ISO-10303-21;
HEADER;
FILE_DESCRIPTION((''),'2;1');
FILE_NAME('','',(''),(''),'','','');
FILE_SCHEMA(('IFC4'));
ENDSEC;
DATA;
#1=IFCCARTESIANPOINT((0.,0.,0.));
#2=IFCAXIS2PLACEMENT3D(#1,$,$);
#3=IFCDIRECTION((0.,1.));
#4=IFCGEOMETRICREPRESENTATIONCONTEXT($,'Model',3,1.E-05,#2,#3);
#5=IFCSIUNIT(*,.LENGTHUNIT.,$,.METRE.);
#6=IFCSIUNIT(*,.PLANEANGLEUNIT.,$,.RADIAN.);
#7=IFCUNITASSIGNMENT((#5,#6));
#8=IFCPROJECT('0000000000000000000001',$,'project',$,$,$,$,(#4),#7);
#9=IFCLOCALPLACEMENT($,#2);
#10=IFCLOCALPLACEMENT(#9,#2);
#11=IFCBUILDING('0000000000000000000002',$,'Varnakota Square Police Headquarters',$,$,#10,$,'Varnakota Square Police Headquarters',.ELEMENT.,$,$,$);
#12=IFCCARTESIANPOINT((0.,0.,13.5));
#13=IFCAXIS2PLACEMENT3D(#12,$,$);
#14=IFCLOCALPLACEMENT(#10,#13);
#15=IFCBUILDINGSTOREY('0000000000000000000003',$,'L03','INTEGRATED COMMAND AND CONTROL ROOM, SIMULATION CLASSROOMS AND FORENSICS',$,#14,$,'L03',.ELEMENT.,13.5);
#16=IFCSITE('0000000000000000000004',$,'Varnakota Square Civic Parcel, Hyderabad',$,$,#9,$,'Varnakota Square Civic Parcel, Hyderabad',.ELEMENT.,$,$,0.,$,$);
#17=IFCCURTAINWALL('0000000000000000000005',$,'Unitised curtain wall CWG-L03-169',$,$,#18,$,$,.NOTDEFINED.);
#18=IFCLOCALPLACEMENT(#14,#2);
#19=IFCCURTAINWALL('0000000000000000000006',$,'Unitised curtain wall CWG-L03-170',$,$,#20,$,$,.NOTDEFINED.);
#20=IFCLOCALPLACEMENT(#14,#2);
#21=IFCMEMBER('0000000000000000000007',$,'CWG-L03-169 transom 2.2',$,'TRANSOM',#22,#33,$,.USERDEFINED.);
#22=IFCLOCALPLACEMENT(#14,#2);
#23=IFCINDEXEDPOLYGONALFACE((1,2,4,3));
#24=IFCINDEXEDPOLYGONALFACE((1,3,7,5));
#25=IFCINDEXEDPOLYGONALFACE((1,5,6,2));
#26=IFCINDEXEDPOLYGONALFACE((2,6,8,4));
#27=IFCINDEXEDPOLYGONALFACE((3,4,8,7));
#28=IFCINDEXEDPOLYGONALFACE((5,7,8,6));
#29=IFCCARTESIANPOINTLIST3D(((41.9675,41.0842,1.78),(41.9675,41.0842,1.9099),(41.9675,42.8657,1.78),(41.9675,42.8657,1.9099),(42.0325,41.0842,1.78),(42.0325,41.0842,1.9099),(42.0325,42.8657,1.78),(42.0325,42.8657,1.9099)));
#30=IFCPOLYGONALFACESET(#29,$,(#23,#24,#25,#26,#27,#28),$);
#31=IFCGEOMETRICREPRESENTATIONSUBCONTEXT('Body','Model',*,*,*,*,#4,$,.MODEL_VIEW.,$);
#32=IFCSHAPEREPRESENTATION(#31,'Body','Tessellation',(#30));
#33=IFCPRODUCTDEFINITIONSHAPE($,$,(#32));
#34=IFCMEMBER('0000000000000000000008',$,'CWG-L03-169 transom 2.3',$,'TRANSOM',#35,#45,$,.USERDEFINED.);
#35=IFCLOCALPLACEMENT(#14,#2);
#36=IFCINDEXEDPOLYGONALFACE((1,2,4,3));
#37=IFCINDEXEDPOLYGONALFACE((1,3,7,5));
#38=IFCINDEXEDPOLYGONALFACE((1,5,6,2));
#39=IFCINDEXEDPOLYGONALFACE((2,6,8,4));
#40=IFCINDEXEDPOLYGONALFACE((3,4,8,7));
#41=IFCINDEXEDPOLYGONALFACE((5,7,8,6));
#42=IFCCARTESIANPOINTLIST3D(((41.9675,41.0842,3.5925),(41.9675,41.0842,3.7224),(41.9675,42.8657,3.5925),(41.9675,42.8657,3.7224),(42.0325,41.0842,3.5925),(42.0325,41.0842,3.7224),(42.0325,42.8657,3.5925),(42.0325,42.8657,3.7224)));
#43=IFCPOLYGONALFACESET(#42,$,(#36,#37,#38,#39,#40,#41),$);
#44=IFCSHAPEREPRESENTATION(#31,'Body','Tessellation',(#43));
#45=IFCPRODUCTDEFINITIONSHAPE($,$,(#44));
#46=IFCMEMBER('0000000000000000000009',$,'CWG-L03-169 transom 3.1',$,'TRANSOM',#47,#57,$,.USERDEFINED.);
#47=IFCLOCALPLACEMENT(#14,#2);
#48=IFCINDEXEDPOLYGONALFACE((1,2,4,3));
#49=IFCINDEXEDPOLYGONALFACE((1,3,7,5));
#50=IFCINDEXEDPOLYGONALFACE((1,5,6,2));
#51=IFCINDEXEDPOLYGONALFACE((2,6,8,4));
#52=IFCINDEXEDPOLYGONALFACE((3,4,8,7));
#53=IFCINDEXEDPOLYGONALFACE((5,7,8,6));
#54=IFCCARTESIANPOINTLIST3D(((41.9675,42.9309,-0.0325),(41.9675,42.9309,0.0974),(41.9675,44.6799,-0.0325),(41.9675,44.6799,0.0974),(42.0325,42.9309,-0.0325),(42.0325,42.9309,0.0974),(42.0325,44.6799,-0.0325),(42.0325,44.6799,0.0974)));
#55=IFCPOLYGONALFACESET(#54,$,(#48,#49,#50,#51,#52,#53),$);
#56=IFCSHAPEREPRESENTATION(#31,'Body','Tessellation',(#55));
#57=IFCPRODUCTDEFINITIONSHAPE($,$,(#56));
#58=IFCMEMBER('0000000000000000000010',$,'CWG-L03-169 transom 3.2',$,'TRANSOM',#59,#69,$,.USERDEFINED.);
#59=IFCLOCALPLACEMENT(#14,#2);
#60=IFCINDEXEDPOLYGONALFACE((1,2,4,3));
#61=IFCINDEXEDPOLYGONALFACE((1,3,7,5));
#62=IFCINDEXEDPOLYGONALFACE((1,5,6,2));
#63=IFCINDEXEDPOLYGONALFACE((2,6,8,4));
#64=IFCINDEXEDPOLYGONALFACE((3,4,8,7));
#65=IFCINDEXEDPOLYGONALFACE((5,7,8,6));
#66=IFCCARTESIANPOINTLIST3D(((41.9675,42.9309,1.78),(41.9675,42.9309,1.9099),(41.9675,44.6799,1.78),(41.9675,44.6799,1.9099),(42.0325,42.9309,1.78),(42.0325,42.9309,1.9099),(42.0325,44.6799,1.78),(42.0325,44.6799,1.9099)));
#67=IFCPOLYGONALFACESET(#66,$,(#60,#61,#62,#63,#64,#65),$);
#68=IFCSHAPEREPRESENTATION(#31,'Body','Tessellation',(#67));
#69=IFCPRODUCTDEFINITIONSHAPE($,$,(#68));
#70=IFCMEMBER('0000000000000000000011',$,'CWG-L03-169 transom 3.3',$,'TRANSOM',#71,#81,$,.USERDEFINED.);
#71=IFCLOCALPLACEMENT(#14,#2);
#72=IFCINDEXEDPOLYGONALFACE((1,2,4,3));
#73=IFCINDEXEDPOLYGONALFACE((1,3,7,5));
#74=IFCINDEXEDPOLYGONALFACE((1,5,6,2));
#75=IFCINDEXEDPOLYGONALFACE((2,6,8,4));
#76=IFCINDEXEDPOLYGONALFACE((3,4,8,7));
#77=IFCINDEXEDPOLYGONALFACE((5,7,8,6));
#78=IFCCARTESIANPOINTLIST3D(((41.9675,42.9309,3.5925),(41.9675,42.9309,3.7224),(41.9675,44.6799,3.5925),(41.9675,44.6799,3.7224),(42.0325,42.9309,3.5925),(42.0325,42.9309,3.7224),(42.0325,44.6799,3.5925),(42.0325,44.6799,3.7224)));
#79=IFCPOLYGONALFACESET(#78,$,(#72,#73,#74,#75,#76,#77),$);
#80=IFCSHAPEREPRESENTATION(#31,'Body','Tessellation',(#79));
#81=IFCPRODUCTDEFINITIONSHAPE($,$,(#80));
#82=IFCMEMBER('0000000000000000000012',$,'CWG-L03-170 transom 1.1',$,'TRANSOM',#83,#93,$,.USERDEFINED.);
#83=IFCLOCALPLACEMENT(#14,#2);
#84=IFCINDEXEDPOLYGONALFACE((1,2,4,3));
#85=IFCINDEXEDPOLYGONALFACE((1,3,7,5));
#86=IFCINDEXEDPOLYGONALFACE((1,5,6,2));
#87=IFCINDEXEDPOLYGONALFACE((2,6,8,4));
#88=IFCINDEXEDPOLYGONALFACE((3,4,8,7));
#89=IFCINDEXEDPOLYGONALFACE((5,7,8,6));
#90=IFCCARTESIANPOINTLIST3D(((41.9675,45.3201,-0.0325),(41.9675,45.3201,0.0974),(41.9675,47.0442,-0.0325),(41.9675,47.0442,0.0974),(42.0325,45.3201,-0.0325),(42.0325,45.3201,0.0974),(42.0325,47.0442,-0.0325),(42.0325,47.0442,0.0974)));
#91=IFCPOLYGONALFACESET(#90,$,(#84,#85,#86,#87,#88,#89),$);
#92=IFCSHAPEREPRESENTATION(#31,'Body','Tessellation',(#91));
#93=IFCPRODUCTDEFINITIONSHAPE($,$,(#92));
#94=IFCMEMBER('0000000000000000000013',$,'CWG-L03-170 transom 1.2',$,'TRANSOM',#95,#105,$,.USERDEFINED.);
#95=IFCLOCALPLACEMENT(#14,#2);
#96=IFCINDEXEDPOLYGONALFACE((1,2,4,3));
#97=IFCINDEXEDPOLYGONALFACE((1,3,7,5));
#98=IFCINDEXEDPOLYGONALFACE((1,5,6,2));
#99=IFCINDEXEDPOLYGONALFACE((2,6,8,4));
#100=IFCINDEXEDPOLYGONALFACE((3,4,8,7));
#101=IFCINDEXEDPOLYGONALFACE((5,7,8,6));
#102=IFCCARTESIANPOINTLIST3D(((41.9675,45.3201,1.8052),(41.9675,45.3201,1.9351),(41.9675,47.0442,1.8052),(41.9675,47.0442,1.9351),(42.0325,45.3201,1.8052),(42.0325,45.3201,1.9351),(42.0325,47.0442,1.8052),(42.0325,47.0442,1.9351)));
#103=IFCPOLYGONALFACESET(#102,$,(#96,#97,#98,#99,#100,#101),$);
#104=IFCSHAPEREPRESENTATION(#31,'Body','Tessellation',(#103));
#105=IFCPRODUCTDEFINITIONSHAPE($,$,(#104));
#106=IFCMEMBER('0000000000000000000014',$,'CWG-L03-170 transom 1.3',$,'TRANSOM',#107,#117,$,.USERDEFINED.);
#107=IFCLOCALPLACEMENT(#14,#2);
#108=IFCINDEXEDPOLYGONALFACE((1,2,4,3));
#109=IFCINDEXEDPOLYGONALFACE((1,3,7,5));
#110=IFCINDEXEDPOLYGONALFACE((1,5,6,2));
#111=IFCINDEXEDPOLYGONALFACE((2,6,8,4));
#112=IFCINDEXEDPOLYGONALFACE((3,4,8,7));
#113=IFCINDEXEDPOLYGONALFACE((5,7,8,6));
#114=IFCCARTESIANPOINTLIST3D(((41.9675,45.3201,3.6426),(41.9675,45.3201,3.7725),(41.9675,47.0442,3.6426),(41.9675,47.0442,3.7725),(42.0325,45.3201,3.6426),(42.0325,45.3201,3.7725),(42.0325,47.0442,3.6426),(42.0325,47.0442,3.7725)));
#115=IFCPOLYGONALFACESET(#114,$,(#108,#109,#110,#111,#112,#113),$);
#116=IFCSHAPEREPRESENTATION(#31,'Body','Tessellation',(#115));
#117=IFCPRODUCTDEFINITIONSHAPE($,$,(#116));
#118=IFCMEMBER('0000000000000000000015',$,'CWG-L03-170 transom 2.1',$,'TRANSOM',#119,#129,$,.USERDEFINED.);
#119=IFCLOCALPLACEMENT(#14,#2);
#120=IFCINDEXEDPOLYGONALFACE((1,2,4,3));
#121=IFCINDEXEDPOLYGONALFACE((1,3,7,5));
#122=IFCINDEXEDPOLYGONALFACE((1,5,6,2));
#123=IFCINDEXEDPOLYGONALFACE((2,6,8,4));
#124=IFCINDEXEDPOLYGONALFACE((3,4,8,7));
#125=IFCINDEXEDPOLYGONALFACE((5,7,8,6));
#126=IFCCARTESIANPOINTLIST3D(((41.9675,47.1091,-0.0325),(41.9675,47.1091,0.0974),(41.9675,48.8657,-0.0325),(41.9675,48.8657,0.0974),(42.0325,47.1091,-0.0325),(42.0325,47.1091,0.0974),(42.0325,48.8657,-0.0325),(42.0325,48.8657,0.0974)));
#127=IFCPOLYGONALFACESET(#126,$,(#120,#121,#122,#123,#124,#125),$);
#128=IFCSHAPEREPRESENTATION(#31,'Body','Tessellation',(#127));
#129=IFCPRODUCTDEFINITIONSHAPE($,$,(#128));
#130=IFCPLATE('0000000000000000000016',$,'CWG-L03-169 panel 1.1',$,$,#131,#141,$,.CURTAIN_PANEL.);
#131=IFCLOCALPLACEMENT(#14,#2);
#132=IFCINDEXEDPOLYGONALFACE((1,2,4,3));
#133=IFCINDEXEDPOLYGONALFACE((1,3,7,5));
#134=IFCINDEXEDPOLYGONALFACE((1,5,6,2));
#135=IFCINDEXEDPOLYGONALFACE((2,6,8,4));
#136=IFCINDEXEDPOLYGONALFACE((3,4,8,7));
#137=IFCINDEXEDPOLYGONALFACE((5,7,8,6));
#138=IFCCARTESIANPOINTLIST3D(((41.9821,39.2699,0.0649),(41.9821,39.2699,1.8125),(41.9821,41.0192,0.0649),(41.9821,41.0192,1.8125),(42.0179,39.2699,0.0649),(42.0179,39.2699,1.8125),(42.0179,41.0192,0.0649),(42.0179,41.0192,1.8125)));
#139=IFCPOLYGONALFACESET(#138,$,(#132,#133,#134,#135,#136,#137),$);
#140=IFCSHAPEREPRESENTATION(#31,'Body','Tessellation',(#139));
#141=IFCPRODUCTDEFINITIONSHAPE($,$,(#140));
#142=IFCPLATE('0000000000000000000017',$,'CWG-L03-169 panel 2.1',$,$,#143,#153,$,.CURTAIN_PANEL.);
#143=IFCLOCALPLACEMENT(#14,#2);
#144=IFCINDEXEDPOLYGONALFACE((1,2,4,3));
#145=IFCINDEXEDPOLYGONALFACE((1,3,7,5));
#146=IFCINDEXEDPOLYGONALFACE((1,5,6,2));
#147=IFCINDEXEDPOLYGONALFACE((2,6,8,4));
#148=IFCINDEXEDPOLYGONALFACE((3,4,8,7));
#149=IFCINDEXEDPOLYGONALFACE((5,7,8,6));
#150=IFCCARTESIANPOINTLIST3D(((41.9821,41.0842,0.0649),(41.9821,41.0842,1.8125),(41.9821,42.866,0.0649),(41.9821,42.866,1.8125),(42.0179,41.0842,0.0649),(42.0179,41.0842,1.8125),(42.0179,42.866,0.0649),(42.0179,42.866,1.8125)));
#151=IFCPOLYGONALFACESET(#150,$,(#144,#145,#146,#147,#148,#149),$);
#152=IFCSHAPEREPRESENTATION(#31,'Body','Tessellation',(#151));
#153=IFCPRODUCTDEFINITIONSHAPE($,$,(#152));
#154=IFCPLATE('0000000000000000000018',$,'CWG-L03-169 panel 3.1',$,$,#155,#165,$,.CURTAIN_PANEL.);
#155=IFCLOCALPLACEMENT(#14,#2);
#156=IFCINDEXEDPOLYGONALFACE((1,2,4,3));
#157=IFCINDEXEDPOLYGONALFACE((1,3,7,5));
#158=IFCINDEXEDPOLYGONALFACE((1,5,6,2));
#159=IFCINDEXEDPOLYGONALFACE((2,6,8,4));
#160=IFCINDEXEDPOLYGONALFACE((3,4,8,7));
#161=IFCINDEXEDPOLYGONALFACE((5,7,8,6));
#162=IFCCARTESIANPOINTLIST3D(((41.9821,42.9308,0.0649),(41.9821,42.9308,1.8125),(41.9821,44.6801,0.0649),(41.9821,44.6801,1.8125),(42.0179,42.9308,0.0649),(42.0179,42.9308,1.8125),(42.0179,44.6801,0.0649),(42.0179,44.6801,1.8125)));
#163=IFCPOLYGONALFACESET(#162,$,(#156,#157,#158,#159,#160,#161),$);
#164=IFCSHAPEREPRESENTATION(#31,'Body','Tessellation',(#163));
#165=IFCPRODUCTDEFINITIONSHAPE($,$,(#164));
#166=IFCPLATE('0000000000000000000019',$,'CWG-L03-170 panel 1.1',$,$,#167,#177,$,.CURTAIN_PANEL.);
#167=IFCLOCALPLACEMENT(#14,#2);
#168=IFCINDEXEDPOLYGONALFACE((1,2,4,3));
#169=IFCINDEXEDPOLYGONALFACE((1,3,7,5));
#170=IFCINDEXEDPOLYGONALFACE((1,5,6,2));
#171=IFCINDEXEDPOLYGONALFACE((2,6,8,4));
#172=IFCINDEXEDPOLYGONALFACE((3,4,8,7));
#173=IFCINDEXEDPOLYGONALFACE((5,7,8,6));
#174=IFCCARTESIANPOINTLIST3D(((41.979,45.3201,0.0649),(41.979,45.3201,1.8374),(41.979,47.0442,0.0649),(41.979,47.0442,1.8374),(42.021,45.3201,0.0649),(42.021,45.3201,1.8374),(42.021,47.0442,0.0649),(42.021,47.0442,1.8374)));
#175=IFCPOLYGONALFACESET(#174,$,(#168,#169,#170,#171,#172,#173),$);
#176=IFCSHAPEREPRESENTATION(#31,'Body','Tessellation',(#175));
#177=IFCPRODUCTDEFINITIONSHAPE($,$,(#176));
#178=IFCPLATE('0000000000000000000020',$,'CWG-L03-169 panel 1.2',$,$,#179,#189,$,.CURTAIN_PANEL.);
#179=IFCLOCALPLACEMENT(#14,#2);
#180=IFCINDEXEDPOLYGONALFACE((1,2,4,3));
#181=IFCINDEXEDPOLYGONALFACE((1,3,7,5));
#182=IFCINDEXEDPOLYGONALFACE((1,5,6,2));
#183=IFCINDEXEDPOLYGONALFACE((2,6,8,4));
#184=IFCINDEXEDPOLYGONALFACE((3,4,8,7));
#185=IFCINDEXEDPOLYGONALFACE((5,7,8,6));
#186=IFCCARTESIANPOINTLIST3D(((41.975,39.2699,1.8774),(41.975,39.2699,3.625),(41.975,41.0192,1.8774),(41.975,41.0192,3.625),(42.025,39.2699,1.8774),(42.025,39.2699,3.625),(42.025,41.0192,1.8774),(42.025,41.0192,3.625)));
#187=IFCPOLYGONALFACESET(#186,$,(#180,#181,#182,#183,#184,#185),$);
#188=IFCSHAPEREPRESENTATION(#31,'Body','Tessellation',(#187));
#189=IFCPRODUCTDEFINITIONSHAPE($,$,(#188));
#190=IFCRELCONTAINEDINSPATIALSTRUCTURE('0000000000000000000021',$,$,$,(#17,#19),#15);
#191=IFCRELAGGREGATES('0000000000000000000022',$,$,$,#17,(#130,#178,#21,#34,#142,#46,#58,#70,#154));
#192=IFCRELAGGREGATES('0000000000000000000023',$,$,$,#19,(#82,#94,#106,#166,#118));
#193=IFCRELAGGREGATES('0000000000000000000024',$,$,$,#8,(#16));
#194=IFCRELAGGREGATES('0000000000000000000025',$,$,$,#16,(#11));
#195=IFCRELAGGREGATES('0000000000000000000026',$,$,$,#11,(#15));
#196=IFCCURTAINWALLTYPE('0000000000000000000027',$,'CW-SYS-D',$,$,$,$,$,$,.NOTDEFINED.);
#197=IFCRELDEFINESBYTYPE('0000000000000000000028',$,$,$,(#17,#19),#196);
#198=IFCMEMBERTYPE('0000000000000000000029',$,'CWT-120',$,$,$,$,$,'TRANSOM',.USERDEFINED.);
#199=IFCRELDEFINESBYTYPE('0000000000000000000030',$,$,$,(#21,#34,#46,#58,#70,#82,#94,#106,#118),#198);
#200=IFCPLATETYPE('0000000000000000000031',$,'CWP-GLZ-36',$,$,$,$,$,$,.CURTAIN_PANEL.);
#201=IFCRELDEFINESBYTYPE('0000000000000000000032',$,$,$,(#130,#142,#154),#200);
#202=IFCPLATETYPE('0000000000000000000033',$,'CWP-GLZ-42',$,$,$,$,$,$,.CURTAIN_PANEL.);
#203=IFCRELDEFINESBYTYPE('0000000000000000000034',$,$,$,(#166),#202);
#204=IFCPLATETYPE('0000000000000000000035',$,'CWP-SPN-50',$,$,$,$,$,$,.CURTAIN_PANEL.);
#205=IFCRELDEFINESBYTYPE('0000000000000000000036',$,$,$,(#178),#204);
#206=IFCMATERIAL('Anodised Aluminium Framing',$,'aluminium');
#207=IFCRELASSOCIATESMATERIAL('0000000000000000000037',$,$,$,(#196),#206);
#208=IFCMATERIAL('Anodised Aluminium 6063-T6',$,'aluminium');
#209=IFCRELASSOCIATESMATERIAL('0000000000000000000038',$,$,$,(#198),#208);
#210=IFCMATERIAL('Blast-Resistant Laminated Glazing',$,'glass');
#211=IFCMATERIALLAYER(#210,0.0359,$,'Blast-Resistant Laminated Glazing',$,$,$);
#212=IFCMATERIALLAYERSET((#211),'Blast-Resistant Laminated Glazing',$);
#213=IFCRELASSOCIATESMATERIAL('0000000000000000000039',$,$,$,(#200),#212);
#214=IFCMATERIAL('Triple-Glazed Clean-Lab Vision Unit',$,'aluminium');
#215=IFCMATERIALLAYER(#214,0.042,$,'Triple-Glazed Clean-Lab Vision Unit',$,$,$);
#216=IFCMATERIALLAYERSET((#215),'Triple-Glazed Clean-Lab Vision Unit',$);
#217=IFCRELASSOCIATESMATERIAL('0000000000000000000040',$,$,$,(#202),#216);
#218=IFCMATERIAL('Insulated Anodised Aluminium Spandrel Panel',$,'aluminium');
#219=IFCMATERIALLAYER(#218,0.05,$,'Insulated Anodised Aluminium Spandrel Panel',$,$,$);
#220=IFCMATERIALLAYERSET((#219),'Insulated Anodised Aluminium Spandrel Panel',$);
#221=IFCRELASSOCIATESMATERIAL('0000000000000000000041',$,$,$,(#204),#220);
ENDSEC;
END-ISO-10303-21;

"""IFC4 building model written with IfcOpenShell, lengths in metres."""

from ifc_helpers import new_model, si_unit, direction, frame, origin, origin_2d, place, context, subcontext, project, spatial, rectangle, extrude, material, layer, layer_set, material_profile, profile_set, type_object, element, aggregate, save


model = new_model("IFC4")

# Units and contexts
model_context = context("Model", 3, precision=1e-05, world=origin(), true_north=direction((0.0, 1.0)))
body_context = subcontext(model_context, "Body", "Model", "MODEL_VIEW")
ifc_project = project(units=[si_unit("LENGTHUNIT", "METRE"), si_unit("PLANEANGLEUNIT", "RADIAN")], contexts=[model_context])

# Site, building, storey
site_placement = place(None, origin())
site = spatial("IfcSite", under=ifc_project, at=site_placement, Name="Varnakota Square Civic Parcel, Hyderabad", LongName="Varnakota Square Civic Parcel, Hyderabad", CompositionType="ELEMENT", RefElevation=0.0)
building_placement = place(site_placement, origin())
building = spatial("IfcBuilding", under=site, at=building_placement, Name="Varnakota Square Police Headquarters", LongName="Varnakota Square Police Headquarters", CompositionType="ELEMENT")
storey_placement = place(building_placement, frame((0.0, 0.0, 13.5)))
storey = spatial("IfcBuildingStorey", under=building, at=storey_placement, Name="L03", Description="INTEGRATED COMMAND AND CONTROL ROOM, SIMULATION CLASSROOMS AND FORENSICS", LongName="L03", CompositionType="ELEMENT", Elevation=13.5)

# Shared definitions
ifc_material_1 = material(Name="Anodised Aluminium Framing", Category="aluminium")
curtain_wall_type = type_object("IfcCurtainWallType", Name="CW-SYS-D", PredefinedType="NOTDEFINED", material=ifc_material_1)
ifc_material_2 = material(Name="Anodised Aluminium 6063-T6", Category="aluminium")

# Curtain walls
curtain_wall_1_placement = place(storey_placement, origin())
curtain_wall_1 = element("IfcCurtainWall", 1, at=curtain_wall_1_placement, inside=storey, type_object=curtain_wall_type, Name="Unitised curtain wall CWG-L03-169", PredefinedType="NOTDEFINED")
curtain_wall_2_placement = place(storey_placement, origin())
curtain_wall_2 = element("IfcCurtainWall", 2, at=curtain_wall_2_placement, inside=storey, type_object=curtain_wall_type, Name="Unitised curtain wall CWG-L03-170", PredefinedType="NOTDEFINED")

# Members
ifc_material_profile_1 = material_profile(ifc_material_2, rectangle(XDim=0.0649, YDim=0.1299, at=origin_2d()), Name="ALU TRANSOM 65x130")
ifc_profile_set_1 = profile_set([ifc_material_profile_1], Name="Anodised Aluminium 6063-T6")
member_type_1 = type_object("IfcMemberType", Name="CWT-120", ElementType="TRANSOM", PredefinedType="USERDEFINED", material=ifc_profile_set_1)
member_1_placement = place(storey_placement, frame((42.0, 41.0842, 1.845), z_axis=(0.0, 1.0, 0.0), x_axis=(-1.0, 0.0, 0.0)))
member_1 = element("IfcMember", 3, at=member_1_placement, type_object=member_type_1, Name="CWG-L03-169 transom 2.2", ObjectType="TRANSOM", PredefinedType="USERDEFINED", context=body_context, shape_type="SweptSolid", body=[
    extrude(rectangle(XDim=0.0649, YDim=0.1299, at=origin_2d()), origin(), (0.0, 0.0, 1.0), 1.7815),
])
member_2_placement = place(storey_placement, frame((42.0, 41.0842, 3.6575), z_axis=(0.0, 1.0, 0.0), x_axis=(-1.0, 0.0, 0.0)))
member_2 = element("IfcMember", 4, at=member_2_placement, type_object=member_type_1, Name="CWG-L03-169 transom 2.3", ObjectType="TRANSOM", PredefinedType="USERDEFINED", context=body_context, shape_type="SweptSolid", body=[
    extrude(rectangle(XDim=0.0649, YDim=0.1299, at=origin_2d()), origin(), (0.0, 0.0, 1.0), 1.7815),
])
member_3_placement = place(storey_placement, frame((42.0, 42.9309, 0.0325), z_axis=(0.0, 1.0, 0.0), x_axis=(-1.0, 0.0, 0.0)))
member_3 = element("IfcMember", 5, at=member_3_placement, type_object=member_type_1, Name="CWG-L03-169 transom 3.1", ObjectType="TRANSOM", PredefinedType="USERDEFINED", context=body_context, shape_type="SweptSolid", body=[
    extrude(rectangle(XDim=0.0649, YDim=0.1299, at=origin_2d()), origin(), (0.0, 0.0, 1.0), 1.749),
])
member_4_placement = place(storey_placement, frame((42.0, 42.9309, 1.845), z_axis=(0.0, 1.0, 0.0), x_axis=(-1.0, 0.0, 0.0)))
member_4 = element("IfcMember", 6, at=member_4_placement, type_object=member_type_1, Name="CWG-L03-169 transom 3.2", ObjectType="TRANSOM", PredefinedType="USERDEFINED", context=body_context, shape_type="SweptSolid", body=[
    extrude(rectangle(XDim=0.0649, YDim=0.1299, at=origin_2d()), origin(), (0.0, 0.0, 1.0), 1.749),
])
member_5_placement = place(storey_placement, frame((42.0, 42.9309, 3.6575), z_axis=(0.0, 1.0, 0.0), x_axis=(-1.0, 0.0, 0.0)))
member_5 = element("IfcMember", 7, at=member_5_placement, type_object=member_type_1, Name="CWG-L03-169 transom 3.3", ObjectType="TRANSOM", PredefinedType="USERDEFINED", context=body_context, shape_type="SweptSolid", body=[
    extrude(rectangle(XDim=0.0649, YDim=0.1299, at=origin_2d()), origin(), (0.0, 0.0, 1.0), 1.749),
])
member_6_placement = place(storey_placement, frame((42.0, 45.3201, 0.0325), z_axis=(0.0, 1.0, 0.0), x_axis=(-1.0, 0.0, 0.0)))
member_6 = element("IfcMember", 8, at=member_6_placement, type_object=member_type_1, Name="CWG-L03-170 transom 1.1", ObjectType="TRANSOM", PredefinedType="USERDEFINED", context=body_context, shape_type="SweptSolid", body=[
    extrude(rectangle(XDim=0.0649, YDim=0.1299, at=origin_2d()), origin(), (0.0, 0.0, 1.0), 1.7241),
])
member_7_placement = place(storey_placement, frame((42.0, 45.3201, 1.8701), z_axis=(0.0, 1.0, 0.0), x_axis=(-1.0, 0.0, 0.0)))
member_7 = element("IfcMember", 9, at=member_7_placement, type_object=member_type_1, Name="CWG-L03-170 transom 1.2", ObjectType="TRANSOM", PredefinedType="USERDEFINED", context=body_context, shape_type="SweptSolid", body=[
    extrude(rectangle(XDim=0.0649, YDim=0.1299, at=origin_2d()), origin(), (0.0, 0.0, 1.0), 1.7241),
])
member_8_placement = place(storey_placement, frame((42.0, 45.3201, 3.7075), z_axis=(0.0, 1.0, 0.0), x_axis=(-1.0, 0.0, 0.0)))
member_8 = element("IfcMember", 10, at=member_8_placement, type_object=member_type_1, Name="CWG-L03-170 transom 1.3", ObjectType="TRANSOM", PredefinedType="USERDEFINED", context=body_context, shape_type="SweptSolid", body=[
    extrude(rectangle(XDim=0.0649, YDim=0.1299, at=origin_2d()), origin(), (0.0, 0.0, 1.0), 1.7241),
])
member_9_placement = place(storey_placement, frame((42.0, 47.1091, 0.0325), z_axis=(0.0, 1.0, 0.0), x_axis=(-1.0, 0.0, 0.0)))
member_9 = element("IfcMember", 11, at=member_9_placement, type_object=member_type_1, Name="CWG-L03-170 transom 2.1", ObjectType="TRANSOM", PredefinedType="USERDEFINED", context=body_context, shape_type="SweptSolid", body=[
    extrude(rectangle(XDim=0.0649, YDim=0.1299, at=origin_2d()), origin(), (0.0, 0.0, 1.0), 1.7566),
])

# Plates
ifc_material_3 = material(Name="Blast-Resistant Laminated Glazing", Category="glass")
ifc_layer_1 = layer(ifc_material_3, 0.0359, Name="Blast-Resistant Laminated Glazing")
ifc_layer_set_1 = layer_set([ifc_layer_1], Name="Blast-Resistant Laminated Glazing")
plate_type_1 = type_object("IfcPlateType", Name="CWP-GLZ-36", PredefinedType="CURTAIN_PANEL", material=ifc_layer_set_1)
plate_1_placement = place(storey_placement, frame((42.0, 40.1445, 0.0649), z_axis=(0.0, 0.0, 1.0), x_axis=(0.0, 1.0, 0.0)))
plate_1 = element("IfcPlate", 12, at=plate_1_placement, type_object=plate_type_1, Name="CWG-L03-169 panel 1.1", PredefinedType="CURTAIN_PANEL", context=body_context, shape_type="SweptSolid", body=[
    extrude(rectangle(XDim=1.7493, YDim=0.0359, at=origin_2d()), origin(), (0.0, 0.0, 1.0), 1.7476),
])
plate_2_placement = place(storey_placement, frame((42.0, 41.9751, 0.0649), z_axis=(0.0, 0.0, 1.0), x_axis=(0.0, 1.0, 0.0)))
plate_2 = element("IfcPlate", 13, at=plate_2_placement, type_object=plate_type_1, Name="CWG-L03-169 panel 2.1", PredefinedType="CURTAIN_PANEL", context=body_context, shape_type="SweptSolid", body=[
    extrude(rectangle(XDim=1.7817, YDim=0.0359, at=origin_2d()), origin(), (0.0, 0.0, 1.0), 1.7476),
])
plate_3_placement = place(storey_placement, frame((42.0, 43.8054, 0.0649), z_axis=(0.0, 0.0, 1.0), x_axis=(0.0, 1.0, 0.0)))
plate_3 = element("IfcPlate", 14, at=plate_3_placement, type_object=plate_type_1, Name="CWG-L03-169 panel 3.1", PredefinedType="CURTAIN_PANEL", context=body_context, shape_type="SweptSolid", body=[
    extrude(rectangle(XDim=1.7493, YDim=0.0359, at=origin_2d()), origin(), (0.0, 0.0, 1.0), 1.7476),
])
ifc_material_4 = material(Name="Triple-Glazed Clean-Lab Vision Unit", Category="aluminium")
ifc_layer_2 = layer(ifc_material_4, 0.042, Name="Triple-Glazed Clean-Lab Vision Unit")
ifc_layer_set_2 = layer_set([ifc_layer_2], Name="Triple-Glazed Clean-Lab Vision Unit")
plate_type_2 = type_object("IfcPlateType", Name="CWP-GLZ-42", PredefinedType="CURTAIN_PANEL", material=ifc_layer_set_2)
plate_4_placement = place(storey_placement, frame((42.0, 46.1821, 0.0649), z_axis=(0.0, 0.0, 1.0), x_axis=(0.0, 1.0, 0.0)))
plate_4 = element("IfcPlate", 15, at=plate_4_placement, type_object=plate_type_2, Name="CWG-L03-170 panel 1.1", PredefinedType="CURTAIN_PANEL", context=body_context, shape_type="SweptSolid", body=[
    extrude(rectangle(XDim=1.7241, YDim=0.042, at=origin_2d()), origin(), (0.0, 0.0, 1.0), 1.7725),
])
ifc_material_5 = material(Name="Insulated Anodised Aluminium Spandrel Panel", Category="aluminium")
ifc_layer_3 = layer(ifc_material_5, 0.05, Name="Insulated Anodised Aluminium Spandrel Panel")
ifc_layer_set_3 = layer_set([ifc_layer_3], Name="Insulated Anodised Aluminium Spandrel Panel")
plate_type_3 = type_object("IfcPlateType", Name="CWP-SPN-50", PredefinedType="CURTAIN_PANEL", material=ifc_layer_set_3)
plate_5_placement = place(storey_placement, frame((42.0, 40.1445, 1.8774), z_axis=(0.0, 0.0, 1.0), x_axis=(0.0, 1.0, 0.0)))
plate_5 = element("IfcPlate", 16, at=plate_5_placement, type_object=plate_type_3, Name="CWG-L03-169 panel 1.2", PredefinedType="CURTAIN_PANEL", context=body_context, shape_type="SweptSolid", body=[
    extrude(rectangle(XDim=1.7493, YDim=0.05, at=origin_2d()), origin(), (0.0, 0.0, 1.0), 1.7476),
])
aggregate(curtain_wall_1, [plate_1, plate_5, member_1, member_2, plate_2, member_3, member_4, member_5, plate_3])
aggregate(curtain_wall_2, [member_6, member_7, member_8, plate_4, member_9])

save(model, "model.ifc")
